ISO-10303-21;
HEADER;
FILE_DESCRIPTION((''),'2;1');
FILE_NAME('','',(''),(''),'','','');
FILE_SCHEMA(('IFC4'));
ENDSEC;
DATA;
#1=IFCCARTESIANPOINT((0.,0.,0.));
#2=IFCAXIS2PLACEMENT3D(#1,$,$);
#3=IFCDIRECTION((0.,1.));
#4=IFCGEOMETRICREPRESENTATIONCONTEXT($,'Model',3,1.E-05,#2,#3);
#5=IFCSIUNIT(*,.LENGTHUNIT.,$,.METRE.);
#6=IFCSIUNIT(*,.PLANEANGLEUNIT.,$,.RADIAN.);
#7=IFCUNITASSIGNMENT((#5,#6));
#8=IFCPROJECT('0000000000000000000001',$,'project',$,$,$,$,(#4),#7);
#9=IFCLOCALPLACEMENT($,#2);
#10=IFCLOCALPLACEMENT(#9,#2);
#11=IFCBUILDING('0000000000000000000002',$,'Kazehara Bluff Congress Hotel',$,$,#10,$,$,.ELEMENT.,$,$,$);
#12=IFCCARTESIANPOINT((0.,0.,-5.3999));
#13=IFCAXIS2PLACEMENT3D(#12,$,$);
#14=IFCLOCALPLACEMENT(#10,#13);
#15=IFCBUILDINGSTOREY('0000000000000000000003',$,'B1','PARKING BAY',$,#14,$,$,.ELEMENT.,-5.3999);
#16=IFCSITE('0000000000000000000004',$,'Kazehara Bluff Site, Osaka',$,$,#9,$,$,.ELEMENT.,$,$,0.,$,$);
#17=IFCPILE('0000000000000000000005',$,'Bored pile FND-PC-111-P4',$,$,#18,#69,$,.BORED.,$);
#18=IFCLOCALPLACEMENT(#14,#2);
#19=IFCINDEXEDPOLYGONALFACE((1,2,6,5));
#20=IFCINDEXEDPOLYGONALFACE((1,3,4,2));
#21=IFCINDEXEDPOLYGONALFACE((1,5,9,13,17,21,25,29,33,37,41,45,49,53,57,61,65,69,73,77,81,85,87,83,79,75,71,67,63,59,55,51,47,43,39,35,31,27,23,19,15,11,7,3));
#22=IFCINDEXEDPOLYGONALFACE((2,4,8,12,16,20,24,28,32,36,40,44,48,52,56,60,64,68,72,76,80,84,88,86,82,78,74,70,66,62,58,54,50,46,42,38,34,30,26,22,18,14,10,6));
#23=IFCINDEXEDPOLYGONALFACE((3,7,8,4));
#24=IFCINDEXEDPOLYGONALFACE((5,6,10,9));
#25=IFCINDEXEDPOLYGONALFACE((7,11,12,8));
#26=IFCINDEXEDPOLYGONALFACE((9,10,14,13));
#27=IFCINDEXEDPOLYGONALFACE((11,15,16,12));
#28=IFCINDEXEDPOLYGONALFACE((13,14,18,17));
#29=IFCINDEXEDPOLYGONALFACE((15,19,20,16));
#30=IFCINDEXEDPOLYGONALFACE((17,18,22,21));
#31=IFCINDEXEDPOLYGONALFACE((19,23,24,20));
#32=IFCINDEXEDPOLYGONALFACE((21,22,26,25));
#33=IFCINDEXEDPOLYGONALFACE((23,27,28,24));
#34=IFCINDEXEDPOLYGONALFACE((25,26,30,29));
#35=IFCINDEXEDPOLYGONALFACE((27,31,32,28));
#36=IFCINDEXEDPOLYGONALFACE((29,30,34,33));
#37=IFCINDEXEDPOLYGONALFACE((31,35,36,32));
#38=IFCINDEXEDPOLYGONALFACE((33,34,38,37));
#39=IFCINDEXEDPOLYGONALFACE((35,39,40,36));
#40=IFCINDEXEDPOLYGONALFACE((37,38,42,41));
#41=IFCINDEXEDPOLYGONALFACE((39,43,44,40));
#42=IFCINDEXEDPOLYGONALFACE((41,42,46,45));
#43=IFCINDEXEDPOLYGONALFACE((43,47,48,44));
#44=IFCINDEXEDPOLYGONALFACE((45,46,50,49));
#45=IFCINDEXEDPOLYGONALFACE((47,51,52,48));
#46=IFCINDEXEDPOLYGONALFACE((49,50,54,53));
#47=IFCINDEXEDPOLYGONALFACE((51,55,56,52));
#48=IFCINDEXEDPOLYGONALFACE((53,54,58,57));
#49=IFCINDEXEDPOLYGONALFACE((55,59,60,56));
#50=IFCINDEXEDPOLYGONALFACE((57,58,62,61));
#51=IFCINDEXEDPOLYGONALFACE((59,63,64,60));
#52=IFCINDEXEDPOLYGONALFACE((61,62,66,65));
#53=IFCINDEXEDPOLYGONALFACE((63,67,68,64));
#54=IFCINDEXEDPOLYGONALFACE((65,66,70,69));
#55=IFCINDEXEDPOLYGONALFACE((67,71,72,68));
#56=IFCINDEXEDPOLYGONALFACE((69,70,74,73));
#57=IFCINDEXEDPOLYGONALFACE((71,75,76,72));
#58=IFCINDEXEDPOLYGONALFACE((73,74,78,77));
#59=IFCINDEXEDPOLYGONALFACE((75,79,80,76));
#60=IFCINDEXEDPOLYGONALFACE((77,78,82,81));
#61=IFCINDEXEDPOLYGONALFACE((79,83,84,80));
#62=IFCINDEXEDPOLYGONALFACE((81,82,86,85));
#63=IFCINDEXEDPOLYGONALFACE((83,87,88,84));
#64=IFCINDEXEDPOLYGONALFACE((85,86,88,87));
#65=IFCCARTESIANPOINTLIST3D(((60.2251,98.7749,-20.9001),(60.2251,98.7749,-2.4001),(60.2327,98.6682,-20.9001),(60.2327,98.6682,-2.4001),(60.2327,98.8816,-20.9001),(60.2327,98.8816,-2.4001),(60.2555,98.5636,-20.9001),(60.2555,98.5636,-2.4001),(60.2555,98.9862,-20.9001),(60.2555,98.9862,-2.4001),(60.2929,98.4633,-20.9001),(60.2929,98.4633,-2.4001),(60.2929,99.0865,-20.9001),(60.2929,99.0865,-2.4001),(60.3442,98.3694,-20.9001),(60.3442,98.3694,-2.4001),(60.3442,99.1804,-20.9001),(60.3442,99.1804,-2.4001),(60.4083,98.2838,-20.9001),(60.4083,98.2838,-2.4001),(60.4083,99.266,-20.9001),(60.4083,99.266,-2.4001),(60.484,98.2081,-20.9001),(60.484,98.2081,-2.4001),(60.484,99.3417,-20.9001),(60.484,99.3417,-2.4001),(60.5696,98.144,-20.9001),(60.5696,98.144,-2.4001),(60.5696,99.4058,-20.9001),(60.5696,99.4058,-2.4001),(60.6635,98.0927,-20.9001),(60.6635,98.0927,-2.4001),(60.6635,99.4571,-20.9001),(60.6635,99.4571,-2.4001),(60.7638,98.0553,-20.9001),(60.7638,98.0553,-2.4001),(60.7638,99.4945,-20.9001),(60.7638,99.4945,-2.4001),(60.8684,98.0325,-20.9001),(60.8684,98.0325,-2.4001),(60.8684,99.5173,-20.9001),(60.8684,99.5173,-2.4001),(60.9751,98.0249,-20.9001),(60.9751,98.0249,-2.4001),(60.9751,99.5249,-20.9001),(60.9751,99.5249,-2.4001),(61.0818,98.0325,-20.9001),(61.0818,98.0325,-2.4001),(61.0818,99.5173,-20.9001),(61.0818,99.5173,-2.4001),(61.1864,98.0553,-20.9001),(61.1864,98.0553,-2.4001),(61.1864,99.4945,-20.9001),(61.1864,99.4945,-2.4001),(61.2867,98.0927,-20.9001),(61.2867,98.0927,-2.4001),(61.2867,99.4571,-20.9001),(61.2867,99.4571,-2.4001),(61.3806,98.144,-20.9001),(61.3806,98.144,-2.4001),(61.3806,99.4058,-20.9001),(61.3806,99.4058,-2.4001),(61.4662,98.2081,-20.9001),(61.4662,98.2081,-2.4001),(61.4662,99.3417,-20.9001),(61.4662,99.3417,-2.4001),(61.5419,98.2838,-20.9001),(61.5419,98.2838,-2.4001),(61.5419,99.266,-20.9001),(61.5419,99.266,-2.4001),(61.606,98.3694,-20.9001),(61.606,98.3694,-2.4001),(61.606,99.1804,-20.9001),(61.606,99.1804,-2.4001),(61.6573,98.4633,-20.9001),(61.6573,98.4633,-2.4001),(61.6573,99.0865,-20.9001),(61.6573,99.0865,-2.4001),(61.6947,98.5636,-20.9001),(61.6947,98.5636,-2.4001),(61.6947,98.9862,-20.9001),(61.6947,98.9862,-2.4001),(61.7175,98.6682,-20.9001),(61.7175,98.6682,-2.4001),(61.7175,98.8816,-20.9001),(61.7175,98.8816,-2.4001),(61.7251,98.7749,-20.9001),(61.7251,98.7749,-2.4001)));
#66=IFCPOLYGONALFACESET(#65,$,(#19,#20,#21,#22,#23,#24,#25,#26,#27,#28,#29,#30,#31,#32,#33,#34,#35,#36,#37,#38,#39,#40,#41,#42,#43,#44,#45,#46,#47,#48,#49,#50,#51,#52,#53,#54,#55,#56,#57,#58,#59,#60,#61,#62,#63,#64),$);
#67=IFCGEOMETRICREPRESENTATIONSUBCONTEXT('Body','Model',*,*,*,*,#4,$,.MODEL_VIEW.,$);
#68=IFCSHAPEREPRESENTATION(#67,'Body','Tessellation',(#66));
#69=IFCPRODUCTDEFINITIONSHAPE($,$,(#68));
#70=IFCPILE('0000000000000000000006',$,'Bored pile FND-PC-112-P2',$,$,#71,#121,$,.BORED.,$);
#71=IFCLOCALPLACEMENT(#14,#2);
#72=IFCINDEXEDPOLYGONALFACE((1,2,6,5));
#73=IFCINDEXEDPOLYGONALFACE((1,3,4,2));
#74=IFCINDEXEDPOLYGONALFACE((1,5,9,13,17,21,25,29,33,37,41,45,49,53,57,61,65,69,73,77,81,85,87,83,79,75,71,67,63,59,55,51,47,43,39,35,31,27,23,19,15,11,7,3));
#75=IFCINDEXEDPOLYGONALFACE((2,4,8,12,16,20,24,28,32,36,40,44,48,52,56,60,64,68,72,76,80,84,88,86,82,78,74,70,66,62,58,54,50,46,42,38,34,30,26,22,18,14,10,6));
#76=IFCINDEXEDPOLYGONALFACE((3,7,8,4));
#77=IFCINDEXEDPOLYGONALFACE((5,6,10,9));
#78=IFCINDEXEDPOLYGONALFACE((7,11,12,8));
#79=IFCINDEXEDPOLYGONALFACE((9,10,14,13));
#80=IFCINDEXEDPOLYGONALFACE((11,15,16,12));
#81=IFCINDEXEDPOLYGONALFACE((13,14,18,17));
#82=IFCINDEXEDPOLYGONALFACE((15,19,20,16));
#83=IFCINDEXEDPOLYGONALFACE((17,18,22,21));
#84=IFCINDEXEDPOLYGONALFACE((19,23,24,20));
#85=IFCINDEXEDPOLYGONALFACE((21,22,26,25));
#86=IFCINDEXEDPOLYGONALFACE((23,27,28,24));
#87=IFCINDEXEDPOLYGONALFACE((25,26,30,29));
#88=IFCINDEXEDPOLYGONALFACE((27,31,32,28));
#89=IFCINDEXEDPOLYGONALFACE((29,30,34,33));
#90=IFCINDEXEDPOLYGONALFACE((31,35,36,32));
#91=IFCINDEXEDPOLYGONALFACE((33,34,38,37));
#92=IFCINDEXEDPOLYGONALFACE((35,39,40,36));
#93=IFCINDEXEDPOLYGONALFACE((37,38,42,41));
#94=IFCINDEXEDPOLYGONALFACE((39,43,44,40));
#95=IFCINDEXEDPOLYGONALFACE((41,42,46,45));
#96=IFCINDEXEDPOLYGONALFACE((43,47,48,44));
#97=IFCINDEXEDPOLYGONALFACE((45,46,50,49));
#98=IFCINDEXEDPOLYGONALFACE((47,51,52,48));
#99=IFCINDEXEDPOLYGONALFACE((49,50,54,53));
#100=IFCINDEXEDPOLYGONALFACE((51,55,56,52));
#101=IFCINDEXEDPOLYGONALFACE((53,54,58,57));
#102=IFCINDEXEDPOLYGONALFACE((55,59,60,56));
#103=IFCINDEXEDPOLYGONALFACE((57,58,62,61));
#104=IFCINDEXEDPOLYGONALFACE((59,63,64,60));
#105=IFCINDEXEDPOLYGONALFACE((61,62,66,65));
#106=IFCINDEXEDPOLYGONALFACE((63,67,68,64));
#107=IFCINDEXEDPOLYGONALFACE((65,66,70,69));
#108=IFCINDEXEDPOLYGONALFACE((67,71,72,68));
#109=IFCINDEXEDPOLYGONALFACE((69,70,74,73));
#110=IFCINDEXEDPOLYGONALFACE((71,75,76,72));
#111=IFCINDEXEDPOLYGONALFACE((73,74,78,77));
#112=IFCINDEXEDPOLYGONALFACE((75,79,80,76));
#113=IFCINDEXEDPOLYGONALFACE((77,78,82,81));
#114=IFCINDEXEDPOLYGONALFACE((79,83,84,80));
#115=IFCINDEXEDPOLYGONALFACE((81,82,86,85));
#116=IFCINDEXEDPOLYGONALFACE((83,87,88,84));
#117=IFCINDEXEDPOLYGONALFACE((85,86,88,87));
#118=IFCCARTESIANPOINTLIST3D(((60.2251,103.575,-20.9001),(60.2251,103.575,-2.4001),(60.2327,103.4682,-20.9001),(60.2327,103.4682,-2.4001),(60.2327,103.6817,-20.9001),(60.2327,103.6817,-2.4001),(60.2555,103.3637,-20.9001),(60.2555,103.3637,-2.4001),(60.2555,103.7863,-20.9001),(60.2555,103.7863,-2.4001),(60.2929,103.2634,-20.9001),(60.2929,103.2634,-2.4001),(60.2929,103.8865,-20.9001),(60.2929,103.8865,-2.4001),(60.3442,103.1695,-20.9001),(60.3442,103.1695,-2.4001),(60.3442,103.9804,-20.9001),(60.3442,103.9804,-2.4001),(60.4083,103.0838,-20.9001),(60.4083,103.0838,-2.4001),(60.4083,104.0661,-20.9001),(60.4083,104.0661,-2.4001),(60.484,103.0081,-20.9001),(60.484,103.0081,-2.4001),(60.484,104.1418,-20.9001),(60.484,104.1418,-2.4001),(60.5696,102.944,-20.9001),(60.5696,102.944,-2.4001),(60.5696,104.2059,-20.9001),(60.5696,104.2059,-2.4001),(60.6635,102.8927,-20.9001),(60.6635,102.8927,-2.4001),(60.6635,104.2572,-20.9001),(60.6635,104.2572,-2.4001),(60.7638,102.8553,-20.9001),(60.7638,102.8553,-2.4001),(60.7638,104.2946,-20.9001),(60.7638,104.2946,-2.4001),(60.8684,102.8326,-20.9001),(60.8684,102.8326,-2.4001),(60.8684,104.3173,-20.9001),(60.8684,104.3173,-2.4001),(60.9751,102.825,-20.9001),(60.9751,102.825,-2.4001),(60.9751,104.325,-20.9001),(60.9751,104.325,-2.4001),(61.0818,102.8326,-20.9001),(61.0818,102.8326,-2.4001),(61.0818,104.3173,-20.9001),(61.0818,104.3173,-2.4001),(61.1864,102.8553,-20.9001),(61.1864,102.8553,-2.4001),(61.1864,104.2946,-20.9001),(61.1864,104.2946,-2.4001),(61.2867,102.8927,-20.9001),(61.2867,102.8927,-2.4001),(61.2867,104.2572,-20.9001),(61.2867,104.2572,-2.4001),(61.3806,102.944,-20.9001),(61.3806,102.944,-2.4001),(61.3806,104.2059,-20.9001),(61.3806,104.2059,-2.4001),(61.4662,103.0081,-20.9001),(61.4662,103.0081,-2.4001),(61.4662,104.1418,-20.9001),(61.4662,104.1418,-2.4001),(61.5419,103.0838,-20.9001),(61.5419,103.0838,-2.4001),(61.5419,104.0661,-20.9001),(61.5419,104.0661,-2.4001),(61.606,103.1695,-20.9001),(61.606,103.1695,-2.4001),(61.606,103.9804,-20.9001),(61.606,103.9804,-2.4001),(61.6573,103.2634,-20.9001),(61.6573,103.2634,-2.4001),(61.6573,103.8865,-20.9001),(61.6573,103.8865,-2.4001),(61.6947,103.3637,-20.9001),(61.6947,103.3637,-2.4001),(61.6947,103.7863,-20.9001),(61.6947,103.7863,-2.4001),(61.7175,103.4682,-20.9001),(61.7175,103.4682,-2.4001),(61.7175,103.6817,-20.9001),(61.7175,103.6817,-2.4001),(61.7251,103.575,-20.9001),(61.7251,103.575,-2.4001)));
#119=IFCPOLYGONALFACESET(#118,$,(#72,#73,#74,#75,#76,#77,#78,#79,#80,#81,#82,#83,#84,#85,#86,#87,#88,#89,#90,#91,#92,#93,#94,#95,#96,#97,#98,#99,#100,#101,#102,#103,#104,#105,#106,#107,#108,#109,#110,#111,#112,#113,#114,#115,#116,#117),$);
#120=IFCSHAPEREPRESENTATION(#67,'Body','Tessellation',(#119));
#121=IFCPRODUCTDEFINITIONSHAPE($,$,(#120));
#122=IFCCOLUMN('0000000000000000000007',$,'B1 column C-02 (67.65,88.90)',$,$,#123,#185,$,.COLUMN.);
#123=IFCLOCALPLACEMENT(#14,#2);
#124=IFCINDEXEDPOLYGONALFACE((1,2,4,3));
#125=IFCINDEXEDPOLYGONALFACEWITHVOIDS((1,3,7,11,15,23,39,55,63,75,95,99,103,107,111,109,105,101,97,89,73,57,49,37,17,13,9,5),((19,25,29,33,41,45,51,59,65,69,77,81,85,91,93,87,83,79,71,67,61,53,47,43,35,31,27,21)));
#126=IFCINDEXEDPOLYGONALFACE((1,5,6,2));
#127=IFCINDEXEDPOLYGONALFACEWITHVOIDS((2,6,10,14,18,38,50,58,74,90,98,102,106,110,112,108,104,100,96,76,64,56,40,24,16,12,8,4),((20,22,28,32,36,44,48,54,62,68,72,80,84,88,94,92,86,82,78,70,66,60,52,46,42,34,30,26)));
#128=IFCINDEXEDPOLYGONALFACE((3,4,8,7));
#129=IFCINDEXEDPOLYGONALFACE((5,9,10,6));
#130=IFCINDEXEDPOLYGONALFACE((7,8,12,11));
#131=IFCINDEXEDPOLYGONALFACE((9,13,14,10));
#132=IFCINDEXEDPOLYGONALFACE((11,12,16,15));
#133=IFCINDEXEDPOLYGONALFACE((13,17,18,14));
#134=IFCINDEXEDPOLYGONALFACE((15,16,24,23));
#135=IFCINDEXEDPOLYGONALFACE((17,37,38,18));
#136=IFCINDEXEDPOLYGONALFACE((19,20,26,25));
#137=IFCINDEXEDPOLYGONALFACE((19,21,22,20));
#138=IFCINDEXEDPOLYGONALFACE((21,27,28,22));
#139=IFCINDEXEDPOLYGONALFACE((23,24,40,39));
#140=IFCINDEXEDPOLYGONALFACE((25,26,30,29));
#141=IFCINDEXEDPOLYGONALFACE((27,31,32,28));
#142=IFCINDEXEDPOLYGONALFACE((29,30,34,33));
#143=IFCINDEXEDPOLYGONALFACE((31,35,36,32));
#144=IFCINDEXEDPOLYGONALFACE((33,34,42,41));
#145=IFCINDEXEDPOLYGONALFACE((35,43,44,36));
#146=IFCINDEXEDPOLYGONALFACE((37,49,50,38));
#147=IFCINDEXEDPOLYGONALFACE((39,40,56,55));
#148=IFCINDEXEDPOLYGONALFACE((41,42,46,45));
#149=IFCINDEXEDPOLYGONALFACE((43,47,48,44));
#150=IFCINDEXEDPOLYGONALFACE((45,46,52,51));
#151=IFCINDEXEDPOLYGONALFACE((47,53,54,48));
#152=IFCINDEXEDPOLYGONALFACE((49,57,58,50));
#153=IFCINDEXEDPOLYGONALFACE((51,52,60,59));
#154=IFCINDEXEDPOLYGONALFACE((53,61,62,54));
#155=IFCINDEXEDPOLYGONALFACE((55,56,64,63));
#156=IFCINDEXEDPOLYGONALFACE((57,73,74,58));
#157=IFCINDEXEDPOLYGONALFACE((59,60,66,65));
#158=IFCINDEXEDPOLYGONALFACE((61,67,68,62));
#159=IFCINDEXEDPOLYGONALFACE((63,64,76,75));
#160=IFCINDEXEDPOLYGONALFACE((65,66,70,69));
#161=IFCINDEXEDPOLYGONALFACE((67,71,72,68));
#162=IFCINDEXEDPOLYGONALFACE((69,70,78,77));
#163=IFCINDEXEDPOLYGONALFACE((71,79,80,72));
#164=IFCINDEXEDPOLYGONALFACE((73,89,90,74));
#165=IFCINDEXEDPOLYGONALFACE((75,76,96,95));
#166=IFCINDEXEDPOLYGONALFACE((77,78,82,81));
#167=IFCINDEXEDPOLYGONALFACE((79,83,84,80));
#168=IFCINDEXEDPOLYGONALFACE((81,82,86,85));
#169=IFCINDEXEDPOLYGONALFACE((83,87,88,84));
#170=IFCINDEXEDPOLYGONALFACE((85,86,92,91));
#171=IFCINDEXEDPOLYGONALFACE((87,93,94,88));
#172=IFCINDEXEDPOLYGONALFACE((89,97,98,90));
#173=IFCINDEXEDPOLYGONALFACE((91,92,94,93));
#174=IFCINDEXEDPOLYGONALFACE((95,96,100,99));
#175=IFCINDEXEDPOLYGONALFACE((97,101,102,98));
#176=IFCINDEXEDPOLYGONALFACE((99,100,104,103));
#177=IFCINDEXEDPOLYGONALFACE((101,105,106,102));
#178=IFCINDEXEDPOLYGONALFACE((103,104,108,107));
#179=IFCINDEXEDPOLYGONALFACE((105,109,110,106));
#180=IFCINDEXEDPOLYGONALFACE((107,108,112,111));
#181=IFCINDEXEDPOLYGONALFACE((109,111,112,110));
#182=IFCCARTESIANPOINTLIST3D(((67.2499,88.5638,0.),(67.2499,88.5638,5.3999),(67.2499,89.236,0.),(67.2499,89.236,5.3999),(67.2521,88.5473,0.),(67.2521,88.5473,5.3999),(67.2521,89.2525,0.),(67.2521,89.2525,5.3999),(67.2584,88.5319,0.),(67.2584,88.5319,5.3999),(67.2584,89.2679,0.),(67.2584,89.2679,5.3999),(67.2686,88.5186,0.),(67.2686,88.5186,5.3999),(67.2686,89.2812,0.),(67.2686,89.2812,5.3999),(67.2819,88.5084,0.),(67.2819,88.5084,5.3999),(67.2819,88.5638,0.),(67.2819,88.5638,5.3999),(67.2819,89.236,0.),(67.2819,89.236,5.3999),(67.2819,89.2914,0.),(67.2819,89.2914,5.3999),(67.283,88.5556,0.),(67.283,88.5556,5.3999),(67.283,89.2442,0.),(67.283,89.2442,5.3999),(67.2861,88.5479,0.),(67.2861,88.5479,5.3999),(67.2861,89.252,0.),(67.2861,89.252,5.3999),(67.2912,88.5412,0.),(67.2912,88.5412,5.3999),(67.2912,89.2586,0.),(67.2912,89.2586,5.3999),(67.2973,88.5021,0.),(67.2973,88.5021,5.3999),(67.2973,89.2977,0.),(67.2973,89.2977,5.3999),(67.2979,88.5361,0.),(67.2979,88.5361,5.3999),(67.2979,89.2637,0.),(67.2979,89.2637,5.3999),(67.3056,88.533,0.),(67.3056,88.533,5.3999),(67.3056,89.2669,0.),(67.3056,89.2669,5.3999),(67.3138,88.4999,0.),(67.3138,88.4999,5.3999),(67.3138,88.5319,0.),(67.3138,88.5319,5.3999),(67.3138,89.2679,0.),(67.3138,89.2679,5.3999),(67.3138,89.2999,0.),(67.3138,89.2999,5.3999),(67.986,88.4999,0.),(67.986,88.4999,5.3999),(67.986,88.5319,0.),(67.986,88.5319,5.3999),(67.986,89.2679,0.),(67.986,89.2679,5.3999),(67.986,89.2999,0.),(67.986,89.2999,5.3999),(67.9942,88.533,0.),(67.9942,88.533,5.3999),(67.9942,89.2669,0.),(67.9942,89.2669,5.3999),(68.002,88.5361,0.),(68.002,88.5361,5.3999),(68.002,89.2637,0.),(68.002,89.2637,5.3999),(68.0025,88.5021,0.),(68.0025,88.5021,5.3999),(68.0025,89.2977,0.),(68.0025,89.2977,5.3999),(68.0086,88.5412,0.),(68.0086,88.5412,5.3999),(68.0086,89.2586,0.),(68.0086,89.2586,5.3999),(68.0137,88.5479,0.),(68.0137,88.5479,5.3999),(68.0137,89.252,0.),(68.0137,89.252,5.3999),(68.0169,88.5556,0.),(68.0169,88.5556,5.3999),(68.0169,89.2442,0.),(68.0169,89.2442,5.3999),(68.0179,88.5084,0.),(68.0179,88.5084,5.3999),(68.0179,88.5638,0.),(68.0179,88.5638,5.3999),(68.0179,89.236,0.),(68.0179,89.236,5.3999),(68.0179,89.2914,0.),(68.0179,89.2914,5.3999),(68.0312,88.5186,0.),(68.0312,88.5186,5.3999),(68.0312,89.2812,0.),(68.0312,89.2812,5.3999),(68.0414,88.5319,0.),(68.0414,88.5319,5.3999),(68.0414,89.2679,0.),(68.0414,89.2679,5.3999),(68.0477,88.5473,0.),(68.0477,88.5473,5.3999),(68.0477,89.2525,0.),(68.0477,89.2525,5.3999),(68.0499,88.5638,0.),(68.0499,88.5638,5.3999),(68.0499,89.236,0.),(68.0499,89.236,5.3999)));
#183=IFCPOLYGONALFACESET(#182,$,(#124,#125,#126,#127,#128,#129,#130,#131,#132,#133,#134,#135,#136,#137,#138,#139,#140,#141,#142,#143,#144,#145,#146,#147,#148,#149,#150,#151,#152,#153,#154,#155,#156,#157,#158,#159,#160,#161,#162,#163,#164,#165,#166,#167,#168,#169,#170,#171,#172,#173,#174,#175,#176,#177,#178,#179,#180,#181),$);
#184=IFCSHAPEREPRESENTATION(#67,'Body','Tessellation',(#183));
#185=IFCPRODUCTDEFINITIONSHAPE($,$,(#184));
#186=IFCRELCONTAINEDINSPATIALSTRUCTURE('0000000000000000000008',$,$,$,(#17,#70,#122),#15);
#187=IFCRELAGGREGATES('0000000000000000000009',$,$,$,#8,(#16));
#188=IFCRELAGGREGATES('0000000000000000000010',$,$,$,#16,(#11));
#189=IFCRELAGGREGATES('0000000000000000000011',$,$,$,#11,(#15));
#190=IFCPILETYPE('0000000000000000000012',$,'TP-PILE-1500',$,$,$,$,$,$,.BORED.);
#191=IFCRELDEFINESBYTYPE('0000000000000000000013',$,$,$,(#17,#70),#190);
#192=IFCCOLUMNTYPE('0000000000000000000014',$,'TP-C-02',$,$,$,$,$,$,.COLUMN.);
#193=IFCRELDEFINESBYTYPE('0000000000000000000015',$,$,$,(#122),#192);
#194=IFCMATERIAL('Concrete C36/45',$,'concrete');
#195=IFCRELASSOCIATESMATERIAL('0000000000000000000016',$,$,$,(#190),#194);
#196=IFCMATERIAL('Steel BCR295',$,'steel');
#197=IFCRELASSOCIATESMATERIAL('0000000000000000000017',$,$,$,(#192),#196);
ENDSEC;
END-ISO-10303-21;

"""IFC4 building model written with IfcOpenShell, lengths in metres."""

from ifc_helpers import new_model, si_unit, direction, frame, origin, origin_2d, place, context, subcontext, project, spatial, hollow_rectangle, circle, extrude, material, material_profile, profile_set, type_object, element, save


model = new_model("IFC4")

# Units and contexts
model_context = context("Model", 3, precision=1e-05, world=origin(), true_north=direction((0.0, 1.0)))
body_context = subcontext(model_context, "Body", "Model", "MODEL_VIEW")
ifc_project = project(units=[si_unit("LENGTHUNIT", "METRE"), si_unit("PLANEANGLEUNIT", "RADIAN")], contexts=[model_context])

# Site, building, storey
site_placement = place(None, origin())
site = spatial("IfcSite", under=ifc_project, at=site_placement, Name="Kazehara Bluff Site, Osaka", CompositionType="ELEMENT", RefElevation=0.0)
building_placement = place(site_placement, origin())
building = spatial("IfcBuilding", under=site, at=building_placement, Name="Kazehara Bluff Congress Hotel", CompositionType="ELEMENT")
storey_placement = place(building_placement, frame((0.0, 0.0, -5.3999)))
storey = spatial("IfcBuildingStorey", under=building, at=storey_placement, Name="B1", Description="PARKING BAY", CompositionType="ELEMENT", Elevation=-5.3999)

# Piles
ifc_material_1 = material(Name="Concrete C36/45", Category="concrete")
ifc_material_profile_1 = material_profile(ifc_material_1, circle(Radius=0.75, at=origin_2d()))
ifc_profile_set_1 = profile_set([ifc_material_profile_1], Name="Concrete C36/45")
pile_type_1 = type_object("IfcPileType", Name="TP-PILE-1500", PredefinedType="BORED", material=ifc_profile_set_1)
for number, where, z_axis, x_axis, name in (
    (1, (60.9751, 98.7749, -2.4001), (0.0, 0.0, -1.0), (1.0, 0.0, 0.0), "Bored pile FND-PC-111-P4"),
    (2, (60.9751, 103.575, -2.4001), (0.0, 0.0, -1.0), (1.0, 0.0, 0.0), "Bored pile FND-PC-112-P2"),
):
    element("IfcPile", number, at=place(storey_placement, frame(where, z_axis=z_axis, x_axis=x_axis)), inside=storey, type_object=pile_type_1, Name=name, PredefinedType="BORED", context=body_context, shape_type="SweptSolid", body=[
        extrude(circle(Radius=0.75, at=origin_2d()), origin(), (0.0, 0.0, 1.0), 18.5),
    ])

# Column
ifc_material_2 = material(Name="Steel BCR295", Category="steel")
ifc_material_profile_2 = material_profile(ifc_material_2, hollow_rectangle(XDim=0.8, YDim=0.8, WallThickness=0.032, InnerFilletRadius=0.032, OuterFilletRadius=0.064, at=origin_2d()))
ifc_profile_set_2 = profile_set([ifc_material_profile_2], Name="Steel BCR295")
column_type = type_object("IfcColumnType", Name="TP-C-02", PredefinedType="COLUMN", material=ifc_profile_set_2)
for number, where, z_axis, x_axis, name in (
    (3, (67.6499, 88.8999, 0.0), (0.0, 0.0, 1.0), (1.0, 0.0, 0.0), "B1 column C-02 (67.65,88.90)"),
):
    element("IfcColumn", number, at=place(storey_placement, frame(where, z_axis=z_axis, x_axis=x_axis)), inside=storey, type_object=column_type, Name=name, PredefinedType="COLUMN", context=body_context, shape_type="SweptSolid", body=[
        extrude(hollow_rectangle(XDim=0.8, YDim=0.8, WallThickness=0.032, InnerFilletRadius=0.032, OuterFilletRadius=0.064, at=origin_2d()), origin(), (0.0, 0.0, 1.0), 5.3999),
    ])

save(model, "model.ifc")
